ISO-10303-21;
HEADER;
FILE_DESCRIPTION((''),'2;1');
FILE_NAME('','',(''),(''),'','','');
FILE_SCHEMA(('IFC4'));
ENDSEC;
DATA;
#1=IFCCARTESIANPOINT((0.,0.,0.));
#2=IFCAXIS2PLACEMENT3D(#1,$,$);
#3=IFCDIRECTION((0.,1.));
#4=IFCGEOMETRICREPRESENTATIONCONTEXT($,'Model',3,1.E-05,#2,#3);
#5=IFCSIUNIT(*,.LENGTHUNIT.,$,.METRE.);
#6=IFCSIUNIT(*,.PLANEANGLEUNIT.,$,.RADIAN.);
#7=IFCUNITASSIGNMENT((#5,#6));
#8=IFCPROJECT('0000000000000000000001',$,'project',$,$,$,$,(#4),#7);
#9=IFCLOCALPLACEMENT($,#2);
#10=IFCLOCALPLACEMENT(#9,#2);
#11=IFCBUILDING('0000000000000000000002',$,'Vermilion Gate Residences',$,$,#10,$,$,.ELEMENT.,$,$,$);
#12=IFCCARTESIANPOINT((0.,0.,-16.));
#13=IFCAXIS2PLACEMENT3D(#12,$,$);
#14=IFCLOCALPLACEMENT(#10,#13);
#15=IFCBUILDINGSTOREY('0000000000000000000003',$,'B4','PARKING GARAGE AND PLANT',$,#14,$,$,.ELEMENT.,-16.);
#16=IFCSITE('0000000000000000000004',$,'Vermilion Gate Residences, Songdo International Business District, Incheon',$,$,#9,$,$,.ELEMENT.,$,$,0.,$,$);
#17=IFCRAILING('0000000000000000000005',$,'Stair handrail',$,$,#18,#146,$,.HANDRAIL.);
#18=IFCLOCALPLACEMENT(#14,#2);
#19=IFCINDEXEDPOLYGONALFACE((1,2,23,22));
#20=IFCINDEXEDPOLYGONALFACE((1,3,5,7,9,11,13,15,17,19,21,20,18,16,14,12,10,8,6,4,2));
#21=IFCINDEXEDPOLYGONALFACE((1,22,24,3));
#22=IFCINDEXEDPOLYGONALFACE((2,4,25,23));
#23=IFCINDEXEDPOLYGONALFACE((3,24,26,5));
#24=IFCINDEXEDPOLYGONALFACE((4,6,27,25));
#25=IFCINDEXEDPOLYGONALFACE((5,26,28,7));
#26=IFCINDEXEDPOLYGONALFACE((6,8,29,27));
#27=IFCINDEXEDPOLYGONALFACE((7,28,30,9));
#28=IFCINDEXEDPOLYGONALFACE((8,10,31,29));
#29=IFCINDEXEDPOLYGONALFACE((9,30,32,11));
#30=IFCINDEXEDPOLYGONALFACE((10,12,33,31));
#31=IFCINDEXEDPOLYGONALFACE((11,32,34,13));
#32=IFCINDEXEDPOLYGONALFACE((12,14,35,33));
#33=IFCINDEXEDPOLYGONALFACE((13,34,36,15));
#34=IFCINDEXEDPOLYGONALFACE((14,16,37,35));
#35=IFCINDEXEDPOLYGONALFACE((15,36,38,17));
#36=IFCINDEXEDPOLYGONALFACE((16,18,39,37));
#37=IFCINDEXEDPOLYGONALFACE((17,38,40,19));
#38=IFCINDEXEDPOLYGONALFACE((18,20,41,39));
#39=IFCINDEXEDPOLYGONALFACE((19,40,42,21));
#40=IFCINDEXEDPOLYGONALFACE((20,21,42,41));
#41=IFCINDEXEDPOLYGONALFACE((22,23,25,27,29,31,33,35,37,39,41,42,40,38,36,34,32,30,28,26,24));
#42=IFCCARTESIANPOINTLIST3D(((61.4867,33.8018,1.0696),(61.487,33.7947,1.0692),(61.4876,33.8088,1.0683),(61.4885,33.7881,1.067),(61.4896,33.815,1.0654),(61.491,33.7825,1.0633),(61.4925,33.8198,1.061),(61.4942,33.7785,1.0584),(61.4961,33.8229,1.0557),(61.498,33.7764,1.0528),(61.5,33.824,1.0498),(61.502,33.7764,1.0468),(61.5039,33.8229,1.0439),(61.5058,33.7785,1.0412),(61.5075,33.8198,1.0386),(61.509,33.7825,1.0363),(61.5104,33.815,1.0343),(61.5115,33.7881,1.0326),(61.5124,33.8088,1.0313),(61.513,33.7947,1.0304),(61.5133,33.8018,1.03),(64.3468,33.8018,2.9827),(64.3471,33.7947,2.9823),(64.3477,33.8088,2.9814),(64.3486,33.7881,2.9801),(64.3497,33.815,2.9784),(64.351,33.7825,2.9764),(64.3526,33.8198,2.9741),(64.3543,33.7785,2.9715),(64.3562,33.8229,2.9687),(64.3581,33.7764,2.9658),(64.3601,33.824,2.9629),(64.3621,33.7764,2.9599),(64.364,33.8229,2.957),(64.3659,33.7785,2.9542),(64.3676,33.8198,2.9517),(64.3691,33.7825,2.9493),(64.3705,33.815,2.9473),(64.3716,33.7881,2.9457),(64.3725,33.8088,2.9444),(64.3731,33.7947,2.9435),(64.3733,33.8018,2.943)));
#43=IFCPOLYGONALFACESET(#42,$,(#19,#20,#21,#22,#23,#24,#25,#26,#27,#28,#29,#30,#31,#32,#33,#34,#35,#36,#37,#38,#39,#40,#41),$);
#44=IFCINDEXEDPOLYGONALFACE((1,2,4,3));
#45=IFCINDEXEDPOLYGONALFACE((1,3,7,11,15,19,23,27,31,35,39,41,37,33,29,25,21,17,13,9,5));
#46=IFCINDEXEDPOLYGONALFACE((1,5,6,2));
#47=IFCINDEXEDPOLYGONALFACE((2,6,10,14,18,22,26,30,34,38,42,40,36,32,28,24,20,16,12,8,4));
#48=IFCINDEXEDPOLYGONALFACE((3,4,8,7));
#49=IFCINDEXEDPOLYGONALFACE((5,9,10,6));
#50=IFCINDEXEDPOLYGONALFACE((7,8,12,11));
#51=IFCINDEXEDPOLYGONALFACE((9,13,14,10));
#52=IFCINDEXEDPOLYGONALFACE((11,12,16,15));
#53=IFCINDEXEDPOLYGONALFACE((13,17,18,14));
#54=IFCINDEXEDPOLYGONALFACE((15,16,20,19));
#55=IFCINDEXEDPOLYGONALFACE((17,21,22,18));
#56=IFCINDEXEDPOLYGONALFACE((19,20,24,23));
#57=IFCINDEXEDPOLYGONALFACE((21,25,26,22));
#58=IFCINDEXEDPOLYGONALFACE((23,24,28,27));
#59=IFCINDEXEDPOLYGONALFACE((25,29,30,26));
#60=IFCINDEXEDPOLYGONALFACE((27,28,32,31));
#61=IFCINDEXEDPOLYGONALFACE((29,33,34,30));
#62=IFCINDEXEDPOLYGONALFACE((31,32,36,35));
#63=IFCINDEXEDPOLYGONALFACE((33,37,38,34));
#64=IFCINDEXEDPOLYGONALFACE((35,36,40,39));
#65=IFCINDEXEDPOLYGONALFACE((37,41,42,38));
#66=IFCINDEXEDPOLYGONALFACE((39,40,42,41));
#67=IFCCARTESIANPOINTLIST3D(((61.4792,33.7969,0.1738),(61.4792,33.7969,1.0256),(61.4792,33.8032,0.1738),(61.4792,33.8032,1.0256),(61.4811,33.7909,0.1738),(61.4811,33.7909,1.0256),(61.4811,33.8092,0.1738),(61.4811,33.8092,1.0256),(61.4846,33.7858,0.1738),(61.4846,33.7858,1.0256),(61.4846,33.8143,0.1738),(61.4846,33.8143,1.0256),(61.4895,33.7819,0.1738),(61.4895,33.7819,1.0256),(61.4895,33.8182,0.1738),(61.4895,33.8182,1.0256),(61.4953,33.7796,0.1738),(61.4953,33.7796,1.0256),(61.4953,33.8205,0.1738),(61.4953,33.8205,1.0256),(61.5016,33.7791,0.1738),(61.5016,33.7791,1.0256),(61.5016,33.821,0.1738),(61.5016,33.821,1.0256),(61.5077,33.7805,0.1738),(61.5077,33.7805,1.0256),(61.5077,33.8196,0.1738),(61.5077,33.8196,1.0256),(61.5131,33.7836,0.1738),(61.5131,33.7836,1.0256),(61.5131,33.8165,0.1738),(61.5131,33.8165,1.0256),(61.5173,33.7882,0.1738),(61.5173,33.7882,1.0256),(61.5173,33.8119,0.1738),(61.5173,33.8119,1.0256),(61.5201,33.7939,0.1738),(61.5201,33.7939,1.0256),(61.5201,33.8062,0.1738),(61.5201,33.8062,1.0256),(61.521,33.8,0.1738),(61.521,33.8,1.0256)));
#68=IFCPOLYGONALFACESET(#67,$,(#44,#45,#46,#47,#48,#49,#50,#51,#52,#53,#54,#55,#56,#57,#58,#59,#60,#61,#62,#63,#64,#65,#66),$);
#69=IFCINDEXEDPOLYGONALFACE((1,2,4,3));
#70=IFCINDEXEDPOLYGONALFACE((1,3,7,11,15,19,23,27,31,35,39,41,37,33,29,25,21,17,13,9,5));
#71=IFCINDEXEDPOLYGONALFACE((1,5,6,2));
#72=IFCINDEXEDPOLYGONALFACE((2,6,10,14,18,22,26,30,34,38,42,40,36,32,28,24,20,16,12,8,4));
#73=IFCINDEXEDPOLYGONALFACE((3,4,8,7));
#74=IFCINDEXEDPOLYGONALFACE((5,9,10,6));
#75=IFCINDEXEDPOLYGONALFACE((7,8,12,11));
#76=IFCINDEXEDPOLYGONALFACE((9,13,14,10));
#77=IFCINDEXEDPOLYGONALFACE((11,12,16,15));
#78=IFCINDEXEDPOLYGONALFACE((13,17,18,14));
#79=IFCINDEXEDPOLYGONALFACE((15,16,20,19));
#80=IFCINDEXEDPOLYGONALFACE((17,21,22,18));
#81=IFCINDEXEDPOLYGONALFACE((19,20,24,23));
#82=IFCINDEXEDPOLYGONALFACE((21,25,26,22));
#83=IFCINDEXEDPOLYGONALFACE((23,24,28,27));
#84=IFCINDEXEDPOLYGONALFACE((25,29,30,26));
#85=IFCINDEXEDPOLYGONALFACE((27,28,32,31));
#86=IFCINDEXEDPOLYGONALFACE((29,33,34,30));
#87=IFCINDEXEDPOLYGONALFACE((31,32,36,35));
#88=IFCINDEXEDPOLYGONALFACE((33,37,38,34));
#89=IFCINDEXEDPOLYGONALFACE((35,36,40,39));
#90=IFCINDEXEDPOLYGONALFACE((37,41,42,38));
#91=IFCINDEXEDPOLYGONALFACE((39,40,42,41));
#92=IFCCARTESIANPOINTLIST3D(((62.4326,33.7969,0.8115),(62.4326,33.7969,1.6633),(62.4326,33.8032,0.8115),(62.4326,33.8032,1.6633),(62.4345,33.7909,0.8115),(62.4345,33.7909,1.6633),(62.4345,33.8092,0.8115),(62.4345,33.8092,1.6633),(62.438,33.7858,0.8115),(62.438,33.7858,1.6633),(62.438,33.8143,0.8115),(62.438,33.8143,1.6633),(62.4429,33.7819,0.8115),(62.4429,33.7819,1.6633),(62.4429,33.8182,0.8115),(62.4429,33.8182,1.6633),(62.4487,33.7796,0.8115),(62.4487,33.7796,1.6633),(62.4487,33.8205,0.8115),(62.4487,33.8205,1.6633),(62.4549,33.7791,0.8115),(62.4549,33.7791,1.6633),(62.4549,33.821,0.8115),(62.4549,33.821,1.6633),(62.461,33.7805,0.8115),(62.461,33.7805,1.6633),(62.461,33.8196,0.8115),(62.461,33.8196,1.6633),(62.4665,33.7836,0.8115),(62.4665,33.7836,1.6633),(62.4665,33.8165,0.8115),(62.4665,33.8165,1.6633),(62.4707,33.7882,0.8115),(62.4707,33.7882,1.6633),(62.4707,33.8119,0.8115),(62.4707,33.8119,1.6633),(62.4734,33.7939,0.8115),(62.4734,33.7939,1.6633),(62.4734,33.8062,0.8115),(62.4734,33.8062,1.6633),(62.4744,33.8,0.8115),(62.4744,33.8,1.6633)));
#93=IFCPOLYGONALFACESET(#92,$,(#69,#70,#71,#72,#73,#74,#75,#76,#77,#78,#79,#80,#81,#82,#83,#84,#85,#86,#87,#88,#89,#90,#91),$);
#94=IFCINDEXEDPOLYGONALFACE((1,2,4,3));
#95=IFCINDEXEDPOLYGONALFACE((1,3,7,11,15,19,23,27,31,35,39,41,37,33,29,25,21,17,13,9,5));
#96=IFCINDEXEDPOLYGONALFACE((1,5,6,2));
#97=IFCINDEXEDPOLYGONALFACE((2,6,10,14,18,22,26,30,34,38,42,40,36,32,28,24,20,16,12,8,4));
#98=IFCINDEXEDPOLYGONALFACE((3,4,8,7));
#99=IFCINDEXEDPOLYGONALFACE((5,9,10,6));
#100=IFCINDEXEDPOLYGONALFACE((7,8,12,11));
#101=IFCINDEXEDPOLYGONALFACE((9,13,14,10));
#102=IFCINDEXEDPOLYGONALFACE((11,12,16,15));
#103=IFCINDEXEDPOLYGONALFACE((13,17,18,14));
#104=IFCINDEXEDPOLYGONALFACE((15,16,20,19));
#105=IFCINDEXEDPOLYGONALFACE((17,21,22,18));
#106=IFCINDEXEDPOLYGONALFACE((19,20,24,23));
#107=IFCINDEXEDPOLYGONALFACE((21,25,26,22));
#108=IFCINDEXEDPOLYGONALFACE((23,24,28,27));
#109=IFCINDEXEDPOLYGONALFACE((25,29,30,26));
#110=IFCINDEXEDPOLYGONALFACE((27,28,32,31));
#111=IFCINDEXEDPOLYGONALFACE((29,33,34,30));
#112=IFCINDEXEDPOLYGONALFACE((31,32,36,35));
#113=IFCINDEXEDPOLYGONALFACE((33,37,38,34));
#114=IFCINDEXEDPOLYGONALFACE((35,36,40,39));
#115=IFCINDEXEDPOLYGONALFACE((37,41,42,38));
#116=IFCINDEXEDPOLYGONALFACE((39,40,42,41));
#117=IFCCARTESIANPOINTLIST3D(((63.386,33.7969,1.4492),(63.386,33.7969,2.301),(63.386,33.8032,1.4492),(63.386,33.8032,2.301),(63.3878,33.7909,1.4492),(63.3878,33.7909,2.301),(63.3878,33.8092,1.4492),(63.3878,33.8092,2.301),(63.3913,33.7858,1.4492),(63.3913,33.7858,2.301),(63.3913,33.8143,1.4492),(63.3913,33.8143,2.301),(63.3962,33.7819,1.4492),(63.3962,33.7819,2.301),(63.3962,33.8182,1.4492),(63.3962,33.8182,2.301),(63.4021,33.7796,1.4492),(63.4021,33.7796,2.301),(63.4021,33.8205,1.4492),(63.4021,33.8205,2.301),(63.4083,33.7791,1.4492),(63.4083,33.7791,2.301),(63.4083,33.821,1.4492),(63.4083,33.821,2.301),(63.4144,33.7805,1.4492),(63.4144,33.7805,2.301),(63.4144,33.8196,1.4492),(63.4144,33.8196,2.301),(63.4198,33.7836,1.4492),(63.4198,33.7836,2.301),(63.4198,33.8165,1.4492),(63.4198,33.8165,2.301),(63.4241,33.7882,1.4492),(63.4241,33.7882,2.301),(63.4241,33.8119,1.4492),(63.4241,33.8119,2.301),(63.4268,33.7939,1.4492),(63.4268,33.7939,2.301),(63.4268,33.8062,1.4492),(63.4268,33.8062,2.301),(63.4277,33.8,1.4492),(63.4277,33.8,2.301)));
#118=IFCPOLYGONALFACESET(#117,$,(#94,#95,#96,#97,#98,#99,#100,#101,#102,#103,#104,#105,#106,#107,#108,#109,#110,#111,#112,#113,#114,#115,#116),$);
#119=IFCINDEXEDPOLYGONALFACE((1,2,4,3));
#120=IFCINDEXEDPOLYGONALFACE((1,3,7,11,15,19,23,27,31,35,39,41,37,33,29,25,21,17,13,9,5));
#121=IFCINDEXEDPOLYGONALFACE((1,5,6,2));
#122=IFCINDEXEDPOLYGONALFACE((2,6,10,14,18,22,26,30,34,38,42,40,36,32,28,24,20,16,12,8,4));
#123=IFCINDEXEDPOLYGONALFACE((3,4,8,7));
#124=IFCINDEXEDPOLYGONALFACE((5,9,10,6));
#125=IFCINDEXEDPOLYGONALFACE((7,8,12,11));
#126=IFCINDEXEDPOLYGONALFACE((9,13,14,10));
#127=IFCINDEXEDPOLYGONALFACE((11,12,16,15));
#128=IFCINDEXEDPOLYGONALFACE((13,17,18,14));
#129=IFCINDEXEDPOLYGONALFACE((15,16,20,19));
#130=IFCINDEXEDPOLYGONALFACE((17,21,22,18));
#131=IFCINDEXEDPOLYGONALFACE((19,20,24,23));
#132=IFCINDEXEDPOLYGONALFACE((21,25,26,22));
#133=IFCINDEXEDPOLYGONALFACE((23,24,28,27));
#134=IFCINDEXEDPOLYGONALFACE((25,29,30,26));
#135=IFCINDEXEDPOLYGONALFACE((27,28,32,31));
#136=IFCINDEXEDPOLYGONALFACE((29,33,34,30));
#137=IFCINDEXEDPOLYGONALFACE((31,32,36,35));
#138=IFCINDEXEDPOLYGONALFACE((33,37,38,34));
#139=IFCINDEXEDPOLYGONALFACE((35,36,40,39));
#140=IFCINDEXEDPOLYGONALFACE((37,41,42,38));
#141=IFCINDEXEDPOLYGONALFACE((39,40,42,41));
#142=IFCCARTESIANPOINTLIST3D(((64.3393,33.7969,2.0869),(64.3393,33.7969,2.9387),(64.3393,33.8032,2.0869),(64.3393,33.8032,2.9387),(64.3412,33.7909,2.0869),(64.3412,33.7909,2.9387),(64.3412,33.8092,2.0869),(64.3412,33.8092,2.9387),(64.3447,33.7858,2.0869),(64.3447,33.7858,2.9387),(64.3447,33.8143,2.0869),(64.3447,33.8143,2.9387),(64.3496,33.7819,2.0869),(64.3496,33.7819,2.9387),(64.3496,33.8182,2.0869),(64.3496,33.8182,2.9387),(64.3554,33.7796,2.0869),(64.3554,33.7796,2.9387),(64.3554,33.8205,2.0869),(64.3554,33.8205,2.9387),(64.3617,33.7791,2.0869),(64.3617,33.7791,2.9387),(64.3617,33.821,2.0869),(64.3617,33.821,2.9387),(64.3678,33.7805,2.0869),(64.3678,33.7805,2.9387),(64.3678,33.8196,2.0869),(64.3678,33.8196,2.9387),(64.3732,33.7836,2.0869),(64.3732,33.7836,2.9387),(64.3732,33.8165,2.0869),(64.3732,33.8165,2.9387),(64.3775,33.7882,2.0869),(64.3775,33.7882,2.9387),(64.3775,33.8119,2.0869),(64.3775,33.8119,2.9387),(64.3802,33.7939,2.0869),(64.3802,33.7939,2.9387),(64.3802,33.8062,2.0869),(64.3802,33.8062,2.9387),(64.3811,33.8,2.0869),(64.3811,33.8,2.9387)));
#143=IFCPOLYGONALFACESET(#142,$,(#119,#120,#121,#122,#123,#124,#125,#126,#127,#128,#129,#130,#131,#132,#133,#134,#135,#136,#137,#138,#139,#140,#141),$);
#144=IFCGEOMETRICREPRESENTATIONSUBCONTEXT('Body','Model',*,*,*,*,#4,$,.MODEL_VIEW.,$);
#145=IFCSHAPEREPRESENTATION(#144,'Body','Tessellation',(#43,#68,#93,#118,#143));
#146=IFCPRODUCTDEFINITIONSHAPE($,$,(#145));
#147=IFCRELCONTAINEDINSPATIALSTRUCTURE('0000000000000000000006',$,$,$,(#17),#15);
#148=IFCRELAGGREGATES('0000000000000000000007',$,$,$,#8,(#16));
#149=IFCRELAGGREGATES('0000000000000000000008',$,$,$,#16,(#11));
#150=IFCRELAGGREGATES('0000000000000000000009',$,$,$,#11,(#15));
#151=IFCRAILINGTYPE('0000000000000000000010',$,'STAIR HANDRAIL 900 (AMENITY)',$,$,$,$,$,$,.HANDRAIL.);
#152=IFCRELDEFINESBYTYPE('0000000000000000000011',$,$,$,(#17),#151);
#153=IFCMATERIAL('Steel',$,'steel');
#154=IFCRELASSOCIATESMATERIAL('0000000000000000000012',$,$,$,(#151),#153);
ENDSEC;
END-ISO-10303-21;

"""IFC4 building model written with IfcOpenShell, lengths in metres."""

from ifc_helpers import new_model, si_unit, direction, frame, origin, origin_2d, place, context, subcontext, project, spatial, circle, extrude, material, type_object, element, save


model = new_model("IFC4")

# Units and contexts
model_context = context("Model", 3, precision=1e-05, world=origin(), true_north=direction((0.0, 1.0)))
body_context = subcontext(model_context, "Body", "Model", "MODEL_VIEW")
ifc_project = project(units=[si_unit("LENGTHUNIT", "METRE"), si_unit("PLANEANGLEUNIT", "RADIAN")], contexts=[model_context])

# Site, building, storey
site_placement = place(None, origin())
site = spatial("IfcSite", under=ifc_project, at=site_placement, Name="Vermilion Gate Residences, Songdo International Business District, Incheon", CompositionType="ELEMENT", RefElevation=0.0)
building_placement = place(site_placement, origin())
building = spatial("IfcBuilding", under=site, at=building_placement, Name="Vermilion Gate Residences", CompositionType="ELEMENT")
storey_placement = place(building_placement, frame((0.0, 0.0, -16.0)))
storey = spatial("IfcBuildingStorey", under=building, at=storey_placement, Name="B4", Description="PARKING GARAGE AND PLANT", CompositionType="ELEMENT", Elevation=-16.0)

# Railing
ifc_material_1 = material(Name="Steel", Category="steel")
railing_type = type_object("IfcRailingType", Name="STAIR HANDRAIL 900 (AMENITY)", PredefinedType="HANDRAIL", material=ifc_material_1)
railing_1_placement = place(storey_placement, frame((61.5, 33.8, 0.1738)))
element("IfcRailing", 1, at=railing_1_placement, inside=storey, type_object=railing_type, Name="Stair handrail", PredefinedType="HANDRAIL", context=body_context, shape_type="SweptSolid", body=[
    extrude(circle(Radius=0.0239, at=origin_2d()), frame((0.0, 0.0, 0.876), z_axis=(0.831198, 0.0, 0.555977), x_axis=(0.0, 1.0, 0.0)), (0.0, 0.0, 1.0), 3.4409),
    extrude(circle(Radius=0.021, at=origin_2d()), origin(), (0.0, 0.0, 1.0), 0.8518),
    extrude(circle(Radius=0.021, at=origin_2d()), frame((0.9534, 0.0, 0.6377)), (0.0, 0.0, 1.0), 0.8518),
    extrude(circle(Radius=0.021, at=origin_2d()), frame((1.9067, 0.0, 1.2754)), (0.0, 0.0, 1.0), 0.8518),
    extrude(circle(Radius=0.021, at=origin_2d()), frame((2.8601, 0.0, 1.9131)), (0.0, 0.0, 1.0), 0.8518),
])

save(model, "model.ifc")
